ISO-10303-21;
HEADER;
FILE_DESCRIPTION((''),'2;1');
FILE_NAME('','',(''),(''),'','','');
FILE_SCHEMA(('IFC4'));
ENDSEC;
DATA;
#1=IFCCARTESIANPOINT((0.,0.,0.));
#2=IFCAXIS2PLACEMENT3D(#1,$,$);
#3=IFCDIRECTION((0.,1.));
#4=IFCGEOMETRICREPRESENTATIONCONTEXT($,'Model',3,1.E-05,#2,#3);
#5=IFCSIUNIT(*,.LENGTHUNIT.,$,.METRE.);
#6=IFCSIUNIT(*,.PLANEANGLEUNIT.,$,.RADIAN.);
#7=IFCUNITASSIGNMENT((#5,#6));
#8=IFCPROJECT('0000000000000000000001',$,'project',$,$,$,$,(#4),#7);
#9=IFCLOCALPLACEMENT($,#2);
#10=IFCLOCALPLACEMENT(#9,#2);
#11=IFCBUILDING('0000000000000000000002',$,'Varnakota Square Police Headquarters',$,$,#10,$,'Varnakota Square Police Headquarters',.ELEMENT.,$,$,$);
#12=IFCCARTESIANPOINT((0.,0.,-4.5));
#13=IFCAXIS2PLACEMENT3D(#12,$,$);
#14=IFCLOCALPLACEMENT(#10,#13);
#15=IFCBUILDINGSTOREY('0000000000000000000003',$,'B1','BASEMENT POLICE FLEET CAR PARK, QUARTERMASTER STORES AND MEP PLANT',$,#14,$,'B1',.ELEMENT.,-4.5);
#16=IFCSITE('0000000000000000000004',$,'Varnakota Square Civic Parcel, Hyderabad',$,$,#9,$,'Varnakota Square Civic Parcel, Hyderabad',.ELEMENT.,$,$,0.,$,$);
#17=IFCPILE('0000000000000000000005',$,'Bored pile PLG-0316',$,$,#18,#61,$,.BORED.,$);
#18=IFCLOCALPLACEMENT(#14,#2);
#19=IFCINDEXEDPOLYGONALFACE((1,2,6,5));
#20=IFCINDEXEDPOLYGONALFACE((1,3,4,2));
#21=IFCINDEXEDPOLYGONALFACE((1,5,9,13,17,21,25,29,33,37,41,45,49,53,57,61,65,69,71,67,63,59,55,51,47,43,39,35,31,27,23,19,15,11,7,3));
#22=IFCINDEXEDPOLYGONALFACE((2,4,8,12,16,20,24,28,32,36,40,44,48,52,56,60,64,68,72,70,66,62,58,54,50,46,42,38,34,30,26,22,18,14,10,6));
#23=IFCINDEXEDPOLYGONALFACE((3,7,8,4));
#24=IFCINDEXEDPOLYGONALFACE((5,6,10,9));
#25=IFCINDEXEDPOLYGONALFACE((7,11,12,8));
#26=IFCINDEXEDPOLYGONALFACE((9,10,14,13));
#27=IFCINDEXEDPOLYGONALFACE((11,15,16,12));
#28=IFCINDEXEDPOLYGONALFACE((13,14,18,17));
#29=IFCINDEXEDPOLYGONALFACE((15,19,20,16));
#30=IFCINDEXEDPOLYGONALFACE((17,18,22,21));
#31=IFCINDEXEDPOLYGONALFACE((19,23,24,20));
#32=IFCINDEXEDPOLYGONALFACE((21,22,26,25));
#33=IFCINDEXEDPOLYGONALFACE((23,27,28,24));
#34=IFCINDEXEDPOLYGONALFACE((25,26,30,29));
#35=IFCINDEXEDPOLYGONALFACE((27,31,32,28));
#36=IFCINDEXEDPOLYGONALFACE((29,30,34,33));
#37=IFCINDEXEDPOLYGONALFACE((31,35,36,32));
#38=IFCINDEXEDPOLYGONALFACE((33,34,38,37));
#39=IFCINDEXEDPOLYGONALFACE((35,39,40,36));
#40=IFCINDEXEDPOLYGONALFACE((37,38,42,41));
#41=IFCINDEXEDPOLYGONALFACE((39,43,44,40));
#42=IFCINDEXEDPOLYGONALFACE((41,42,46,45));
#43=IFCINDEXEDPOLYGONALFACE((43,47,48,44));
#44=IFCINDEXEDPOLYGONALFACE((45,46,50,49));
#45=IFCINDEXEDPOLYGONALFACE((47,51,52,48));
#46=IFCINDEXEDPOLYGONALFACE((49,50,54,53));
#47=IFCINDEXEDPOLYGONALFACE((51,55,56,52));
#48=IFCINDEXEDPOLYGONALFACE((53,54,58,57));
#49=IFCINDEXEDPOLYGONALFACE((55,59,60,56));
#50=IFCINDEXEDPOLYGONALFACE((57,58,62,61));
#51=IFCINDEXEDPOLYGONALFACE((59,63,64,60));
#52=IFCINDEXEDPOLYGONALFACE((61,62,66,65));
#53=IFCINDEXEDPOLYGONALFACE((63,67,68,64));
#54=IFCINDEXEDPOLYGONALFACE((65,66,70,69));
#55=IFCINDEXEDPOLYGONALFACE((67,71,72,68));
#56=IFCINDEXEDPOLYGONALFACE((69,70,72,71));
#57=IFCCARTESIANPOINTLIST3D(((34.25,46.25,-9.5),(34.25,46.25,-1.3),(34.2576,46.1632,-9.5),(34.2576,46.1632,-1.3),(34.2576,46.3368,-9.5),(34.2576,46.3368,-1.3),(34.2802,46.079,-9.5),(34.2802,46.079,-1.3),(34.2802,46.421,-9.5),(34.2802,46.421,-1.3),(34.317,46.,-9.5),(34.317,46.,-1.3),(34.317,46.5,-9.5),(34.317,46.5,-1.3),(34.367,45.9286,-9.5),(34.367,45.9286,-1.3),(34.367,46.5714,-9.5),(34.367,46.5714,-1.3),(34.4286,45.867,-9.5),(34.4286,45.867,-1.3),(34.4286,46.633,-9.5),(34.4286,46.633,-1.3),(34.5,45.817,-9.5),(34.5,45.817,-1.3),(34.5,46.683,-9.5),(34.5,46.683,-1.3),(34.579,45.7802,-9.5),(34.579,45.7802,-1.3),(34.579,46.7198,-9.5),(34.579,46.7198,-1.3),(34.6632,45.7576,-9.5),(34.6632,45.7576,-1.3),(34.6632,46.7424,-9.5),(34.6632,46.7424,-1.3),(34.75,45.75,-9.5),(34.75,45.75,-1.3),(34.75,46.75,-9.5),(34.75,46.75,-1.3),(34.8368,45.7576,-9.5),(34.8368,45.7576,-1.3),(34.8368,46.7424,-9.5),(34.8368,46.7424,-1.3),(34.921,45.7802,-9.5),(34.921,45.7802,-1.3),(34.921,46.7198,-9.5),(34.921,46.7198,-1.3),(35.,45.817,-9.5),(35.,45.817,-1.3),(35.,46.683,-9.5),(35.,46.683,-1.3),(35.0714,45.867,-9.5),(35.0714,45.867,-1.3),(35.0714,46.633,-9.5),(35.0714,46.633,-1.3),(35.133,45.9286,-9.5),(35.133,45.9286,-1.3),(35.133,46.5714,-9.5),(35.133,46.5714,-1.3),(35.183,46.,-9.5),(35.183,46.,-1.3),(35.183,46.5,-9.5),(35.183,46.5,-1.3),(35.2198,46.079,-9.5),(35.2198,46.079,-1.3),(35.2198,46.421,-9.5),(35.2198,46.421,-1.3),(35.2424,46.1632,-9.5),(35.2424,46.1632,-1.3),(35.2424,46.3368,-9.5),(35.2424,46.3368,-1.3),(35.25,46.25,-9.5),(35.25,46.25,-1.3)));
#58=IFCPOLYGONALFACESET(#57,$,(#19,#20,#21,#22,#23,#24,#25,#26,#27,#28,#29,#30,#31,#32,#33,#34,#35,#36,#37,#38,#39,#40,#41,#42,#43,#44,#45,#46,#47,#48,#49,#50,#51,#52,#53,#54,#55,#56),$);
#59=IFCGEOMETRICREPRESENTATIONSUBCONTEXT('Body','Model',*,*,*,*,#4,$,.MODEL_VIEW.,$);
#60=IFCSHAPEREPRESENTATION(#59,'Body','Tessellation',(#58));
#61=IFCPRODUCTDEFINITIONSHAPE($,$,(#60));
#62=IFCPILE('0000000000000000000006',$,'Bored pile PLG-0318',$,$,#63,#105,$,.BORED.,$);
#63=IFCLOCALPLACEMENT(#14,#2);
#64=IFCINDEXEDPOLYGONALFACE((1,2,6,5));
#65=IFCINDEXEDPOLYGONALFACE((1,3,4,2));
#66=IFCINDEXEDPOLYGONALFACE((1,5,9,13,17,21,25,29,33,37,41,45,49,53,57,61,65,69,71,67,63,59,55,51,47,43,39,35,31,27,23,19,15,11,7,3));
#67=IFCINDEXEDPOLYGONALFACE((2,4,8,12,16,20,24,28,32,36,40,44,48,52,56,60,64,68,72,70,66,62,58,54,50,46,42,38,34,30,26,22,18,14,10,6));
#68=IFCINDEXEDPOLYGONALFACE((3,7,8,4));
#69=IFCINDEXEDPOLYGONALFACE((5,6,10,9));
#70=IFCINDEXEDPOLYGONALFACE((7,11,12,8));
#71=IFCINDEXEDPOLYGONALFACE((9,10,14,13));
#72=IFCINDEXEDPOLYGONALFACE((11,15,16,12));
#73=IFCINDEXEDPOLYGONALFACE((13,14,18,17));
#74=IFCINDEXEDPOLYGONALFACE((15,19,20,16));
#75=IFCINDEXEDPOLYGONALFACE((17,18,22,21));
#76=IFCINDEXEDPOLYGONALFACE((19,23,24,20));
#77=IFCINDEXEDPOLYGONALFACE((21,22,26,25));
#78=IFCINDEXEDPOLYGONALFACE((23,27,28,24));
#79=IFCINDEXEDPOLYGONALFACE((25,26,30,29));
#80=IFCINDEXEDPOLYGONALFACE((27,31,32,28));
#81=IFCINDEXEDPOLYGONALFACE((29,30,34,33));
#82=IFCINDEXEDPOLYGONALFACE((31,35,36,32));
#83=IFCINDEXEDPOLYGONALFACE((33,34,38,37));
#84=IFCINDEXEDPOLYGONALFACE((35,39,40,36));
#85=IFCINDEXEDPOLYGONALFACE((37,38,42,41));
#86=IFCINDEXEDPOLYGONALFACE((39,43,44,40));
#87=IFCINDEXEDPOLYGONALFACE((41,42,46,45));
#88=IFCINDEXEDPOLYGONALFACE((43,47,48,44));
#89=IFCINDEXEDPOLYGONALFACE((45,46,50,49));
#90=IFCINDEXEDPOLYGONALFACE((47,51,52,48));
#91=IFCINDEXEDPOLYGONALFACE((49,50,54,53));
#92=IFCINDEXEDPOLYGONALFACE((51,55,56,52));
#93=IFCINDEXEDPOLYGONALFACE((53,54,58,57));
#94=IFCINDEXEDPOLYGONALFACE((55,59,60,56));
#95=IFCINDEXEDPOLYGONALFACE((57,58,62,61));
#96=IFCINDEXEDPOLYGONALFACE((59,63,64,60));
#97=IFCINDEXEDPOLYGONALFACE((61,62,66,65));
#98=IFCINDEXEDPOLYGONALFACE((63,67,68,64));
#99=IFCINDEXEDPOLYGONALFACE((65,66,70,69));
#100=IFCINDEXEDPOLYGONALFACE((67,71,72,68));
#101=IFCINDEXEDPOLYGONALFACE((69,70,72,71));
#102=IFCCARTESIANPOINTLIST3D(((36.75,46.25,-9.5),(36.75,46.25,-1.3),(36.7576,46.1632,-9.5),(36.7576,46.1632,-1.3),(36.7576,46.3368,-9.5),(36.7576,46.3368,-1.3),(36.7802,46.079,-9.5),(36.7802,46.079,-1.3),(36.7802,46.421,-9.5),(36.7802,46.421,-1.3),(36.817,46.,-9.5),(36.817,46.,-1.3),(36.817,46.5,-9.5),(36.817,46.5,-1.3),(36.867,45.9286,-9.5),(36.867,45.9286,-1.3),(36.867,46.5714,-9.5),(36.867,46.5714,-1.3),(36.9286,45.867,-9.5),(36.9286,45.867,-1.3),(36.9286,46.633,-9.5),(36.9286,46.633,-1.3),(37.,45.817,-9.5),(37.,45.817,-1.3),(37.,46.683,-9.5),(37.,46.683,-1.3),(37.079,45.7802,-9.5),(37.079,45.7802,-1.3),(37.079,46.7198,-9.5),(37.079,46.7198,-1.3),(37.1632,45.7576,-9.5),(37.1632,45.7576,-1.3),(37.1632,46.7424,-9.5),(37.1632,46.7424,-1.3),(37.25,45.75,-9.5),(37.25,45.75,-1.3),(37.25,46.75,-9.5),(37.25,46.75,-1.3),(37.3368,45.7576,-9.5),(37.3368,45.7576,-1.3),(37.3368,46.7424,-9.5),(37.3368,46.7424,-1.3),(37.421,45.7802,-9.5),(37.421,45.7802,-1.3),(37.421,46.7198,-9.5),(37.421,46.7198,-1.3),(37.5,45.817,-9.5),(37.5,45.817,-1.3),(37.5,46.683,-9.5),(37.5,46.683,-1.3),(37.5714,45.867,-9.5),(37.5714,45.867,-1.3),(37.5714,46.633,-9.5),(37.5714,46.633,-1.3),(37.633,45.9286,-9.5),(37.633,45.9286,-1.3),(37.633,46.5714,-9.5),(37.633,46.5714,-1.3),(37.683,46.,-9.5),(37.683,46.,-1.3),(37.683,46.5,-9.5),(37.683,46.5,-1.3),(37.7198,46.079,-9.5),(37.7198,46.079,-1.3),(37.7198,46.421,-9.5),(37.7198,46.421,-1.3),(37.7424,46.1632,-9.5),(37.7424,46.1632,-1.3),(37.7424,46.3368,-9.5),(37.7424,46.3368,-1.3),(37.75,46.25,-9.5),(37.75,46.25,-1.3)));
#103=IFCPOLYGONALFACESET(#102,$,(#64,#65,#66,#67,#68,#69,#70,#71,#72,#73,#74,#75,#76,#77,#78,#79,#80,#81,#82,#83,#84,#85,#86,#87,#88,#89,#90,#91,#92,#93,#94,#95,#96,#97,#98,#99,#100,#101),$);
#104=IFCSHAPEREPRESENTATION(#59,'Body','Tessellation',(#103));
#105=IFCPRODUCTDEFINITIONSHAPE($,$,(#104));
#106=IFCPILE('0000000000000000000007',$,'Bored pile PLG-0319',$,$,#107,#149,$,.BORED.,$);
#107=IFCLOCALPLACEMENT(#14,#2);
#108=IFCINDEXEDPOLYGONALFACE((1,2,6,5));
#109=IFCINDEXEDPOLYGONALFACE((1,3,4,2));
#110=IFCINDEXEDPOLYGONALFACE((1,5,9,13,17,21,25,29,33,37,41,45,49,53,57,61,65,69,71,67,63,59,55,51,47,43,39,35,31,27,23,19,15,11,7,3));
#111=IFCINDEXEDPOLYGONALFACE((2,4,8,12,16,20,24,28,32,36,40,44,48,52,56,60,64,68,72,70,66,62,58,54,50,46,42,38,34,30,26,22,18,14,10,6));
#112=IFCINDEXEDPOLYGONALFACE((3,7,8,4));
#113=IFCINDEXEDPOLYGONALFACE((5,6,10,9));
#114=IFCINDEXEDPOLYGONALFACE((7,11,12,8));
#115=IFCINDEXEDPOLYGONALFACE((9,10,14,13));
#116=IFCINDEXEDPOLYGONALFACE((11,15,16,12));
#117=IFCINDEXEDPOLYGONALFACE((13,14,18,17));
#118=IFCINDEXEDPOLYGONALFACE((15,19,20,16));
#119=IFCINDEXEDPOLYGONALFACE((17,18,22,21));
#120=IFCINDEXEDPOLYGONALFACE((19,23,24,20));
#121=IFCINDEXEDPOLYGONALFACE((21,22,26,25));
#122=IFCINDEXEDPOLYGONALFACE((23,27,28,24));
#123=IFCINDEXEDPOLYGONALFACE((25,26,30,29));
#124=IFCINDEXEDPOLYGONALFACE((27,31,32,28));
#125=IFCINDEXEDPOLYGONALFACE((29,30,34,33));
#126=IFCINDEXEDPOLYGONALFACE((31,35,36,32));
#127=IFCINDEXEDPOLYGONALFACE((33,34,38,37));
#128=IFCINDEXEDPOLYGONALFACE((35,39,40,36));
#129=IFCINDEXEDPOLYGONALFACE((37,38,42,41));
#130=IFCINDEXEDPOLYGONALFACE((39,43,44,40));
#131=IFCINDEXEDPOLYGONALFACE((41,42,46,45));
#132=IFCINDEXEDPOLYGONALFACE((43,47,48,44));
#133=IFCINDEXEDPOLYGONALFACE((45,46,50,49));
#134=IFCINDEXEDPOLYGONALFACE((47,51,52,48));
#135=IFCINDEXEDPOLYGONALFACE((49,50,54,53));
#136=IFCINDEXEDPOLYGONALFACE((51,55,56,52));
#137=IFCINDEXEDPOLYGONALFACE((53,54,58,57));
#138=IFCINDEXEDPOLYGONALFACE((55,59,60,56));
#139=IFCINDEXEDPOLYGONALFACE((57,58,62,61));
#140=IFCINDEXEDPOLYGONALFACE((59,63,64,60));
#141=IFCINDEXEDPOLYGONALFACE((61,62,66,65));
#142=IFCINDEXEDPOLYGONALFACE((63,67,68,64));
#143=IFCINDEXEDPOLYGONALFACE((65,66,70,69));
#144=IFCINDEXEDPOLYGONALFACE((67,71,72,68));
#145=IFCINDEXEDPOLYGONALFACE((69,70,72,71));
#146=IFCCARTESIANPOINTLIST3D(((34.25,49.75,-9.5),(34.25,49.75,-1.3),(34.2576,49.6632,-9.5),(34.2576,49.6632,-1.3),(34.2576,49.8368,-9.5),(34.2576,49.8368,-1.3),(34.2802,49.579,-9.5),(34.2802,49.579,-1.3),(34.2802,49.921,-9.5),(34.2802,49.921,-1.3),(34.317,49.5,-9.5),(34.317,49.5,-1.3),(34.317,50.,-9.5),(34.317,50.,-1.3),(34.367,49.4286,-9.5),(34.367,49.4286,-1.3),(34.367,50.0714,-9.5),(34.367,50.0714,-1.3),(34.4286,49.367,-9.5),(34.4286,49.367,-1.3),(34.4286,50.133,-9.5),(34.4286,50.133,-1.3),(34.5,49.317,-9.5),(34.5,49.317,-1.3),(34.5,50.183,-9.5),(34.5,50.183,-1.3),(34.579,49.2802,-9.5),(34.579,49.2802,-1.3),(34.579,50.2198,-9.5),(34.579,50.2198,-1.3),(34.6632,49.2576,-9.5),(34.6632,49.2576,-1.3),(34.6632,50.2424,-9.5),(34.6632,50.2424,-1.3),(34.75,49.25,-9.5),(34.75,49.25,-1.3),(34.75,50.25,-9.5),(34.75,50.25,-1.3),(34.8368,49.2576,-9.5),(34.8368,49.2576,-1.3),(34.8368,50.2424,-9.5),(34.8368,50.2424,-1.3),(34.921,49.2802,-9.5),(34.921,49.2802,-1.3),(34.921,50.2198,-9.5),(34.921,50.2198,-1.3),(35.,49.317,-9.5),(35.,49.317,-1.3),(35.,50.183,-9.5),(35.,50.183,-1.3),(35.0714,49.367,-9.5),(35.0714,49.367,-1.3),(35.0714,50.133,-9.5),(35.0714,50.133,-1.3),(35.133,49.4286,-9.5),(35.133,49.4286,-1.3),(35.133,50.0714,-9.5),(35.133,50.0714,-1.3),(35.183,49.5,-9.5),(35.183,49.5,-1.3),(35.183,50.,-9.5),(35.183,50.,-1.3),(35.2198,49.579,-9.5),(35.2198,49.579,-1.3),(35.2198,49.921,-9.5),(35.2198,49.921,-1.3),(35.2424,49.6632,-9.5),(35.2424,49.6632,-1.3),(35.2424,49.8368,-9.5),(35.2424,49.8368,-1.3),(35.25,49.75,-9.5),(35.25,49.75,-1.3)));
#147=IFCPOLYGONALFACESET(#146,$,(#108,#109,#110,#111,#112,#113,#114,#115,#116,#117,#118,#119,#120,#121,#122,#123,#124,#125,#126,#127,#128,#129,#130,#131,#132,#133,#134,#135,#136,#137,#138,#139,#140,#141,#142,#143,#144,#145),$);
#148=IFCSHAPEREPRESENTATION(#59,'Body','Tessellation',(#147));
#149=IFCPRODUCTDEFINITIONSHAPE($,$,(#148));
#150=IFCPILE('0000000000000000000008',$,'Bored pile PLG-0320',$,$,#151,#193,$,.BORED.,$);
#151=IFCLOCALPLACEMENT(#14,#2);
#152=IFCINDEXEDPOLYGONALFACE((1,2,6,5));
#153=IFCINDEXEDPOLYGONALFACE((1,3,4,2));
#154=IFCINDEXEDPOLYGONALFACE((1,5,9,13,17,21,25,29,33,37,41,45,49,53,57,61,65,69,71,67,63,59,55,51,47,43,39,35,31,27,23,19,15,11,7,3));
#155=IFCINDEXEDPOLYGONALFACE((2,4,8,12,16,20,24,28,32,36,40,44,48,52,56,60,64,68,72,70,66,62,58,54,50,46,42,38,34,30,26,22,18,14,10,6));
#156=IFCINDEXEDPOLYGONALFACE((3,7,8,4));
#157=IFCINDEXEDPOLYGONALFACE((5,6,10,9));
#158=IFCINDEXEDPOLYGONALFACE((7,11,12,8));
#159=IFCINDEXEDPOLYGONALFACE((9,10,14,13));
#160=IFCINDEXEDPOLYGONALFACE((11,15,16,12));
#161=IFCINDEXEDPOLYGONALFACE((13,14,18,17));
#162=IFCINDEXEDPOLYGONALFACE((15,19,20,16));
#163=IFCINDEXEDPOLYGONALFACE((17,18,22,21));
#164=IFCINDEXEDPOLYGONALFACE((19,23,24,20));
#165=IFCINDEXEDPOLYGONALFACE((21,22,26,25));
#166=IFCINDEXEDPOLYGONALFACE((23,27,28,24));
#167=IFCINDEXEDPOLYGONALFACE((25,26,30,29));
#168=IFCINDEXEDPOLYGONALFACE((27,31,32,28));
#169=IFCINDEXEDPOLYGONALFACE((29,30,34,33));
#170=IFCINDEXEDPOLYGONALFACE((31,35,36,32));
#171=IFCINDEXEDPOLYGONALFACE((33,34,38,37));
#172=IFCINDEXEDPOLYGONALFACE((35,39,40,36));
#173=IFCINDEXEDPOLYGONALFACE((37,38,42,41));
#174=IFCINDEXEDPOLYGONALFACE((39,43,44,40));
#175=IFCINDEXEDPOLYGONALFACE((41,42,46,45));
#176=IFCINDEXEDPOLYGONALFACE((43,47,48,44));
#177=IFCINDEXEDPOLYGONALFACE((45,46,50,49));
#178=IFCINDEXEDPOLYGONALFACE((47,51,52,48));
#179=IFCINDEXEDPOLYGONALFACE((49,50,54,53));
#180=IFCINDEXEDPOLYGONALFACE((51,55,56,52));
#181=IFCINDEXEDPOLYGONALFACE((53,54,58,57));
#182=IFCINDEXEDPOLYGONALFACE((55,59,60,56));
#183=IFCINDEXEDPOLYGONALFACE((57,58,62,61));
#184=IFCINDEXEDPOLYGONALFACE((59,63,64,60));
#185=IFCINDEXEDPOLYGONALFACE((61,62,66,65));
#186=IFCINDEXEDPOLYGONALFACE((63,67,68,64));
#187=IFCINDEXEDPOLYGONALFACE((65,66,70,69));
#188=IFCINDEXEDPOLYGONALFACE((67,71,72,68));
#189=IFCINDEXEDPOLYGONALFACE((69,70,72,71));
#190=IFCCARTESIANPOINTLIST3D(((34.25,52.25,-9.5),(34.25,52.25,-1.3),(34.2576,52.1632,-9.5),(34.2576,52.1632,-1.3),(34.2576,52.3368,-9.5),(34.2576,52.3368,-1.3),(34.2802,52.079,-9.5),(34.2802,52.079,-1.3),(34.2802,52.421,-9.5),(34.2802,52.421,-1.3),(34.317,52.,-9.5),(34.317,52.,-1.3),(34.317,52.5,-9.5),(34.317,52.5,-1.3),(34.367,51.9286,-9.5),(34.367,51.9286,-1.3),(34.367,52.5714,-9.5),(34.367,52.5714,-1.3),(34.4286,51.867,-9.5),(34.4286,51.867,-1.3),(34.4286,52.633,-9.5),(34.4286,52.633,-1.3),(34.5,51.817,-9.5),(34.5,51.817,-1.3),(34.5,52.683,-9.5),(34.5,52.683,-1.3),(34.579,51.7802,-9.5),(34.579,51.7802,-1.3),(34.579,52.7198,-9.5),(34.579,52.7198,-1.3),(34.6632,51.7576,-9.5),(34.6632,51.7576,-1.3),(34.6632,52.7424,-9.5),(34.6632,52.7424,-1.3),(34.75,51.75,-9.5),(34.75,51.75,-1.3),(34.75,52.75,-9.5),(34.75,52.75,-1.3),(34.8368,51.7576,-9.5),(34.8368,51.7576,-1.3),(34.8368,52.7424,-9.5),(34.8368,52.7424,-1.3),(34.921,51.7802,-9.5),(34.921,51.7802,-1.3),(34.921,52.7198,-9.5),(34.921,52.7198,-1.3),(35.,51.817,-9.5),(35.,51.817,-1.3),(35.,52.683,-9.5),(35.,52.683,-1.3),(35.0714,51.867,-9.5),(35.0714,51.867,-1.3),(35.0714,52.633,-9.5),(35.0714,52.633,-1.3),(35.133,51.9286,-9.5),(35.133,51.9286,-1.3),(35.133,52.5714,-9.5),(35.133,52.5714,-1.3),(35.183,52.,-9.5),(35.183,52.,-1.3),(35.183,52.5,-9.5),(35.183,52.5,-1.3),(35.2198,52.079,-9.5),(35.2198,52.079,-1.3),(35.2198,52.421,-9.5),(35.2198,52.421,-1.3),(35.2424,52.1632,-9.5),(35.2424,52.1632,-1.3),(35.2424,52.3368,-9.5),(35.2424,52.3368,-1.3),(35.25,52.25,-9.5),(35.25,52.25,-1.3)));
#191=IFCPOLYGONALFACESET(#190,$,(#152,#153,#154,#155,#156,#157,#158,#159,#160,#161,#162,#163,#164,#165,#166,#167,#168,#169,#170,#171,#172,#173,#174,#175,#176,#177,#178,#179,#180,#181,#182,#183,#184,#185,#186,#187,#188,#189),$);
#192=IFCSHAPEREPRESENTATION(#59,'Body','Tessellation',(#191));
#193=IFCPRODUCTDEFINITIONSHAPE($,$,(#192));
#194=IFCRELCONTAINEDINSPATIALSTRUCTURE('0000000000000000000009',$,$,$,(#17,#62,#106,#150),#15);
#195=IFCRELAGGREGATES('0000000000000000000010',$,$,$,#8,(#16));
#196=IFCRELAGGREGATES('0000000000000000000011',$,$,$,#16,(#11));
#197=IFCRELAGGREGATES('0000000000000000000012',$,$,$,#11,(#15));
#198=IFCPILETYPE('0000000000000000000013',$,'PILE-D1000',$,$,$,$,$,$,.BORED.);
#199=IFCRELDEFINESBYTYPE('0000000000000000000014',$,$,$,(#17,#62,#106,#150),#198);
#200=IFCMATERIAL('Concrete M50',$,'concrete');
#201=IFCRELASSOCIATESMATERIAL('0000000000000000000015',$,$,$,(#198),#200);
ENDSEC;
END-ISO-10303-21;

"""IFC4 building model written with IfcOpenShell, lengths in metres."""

from ifc_helpers import new_model, si_unit, direction, frame, origin, origin_2d, place, context, subcontext, project, spatial, circle, extrude, material, material_profile, profile_set, type_object, element, save


model = new_model("IFC4")

# Units and contexts
model_context = context("Model", 3, precision=1e-05, world=origin(), true_north=direction((0.0, 1.0)))
body_context = subcontext(model_context, "Body", "Model", "MODEL_VIEW")
ifc_project = project(units=[si_unit("LENGTHUNIT", "METRE"), si_unit("PLANEANGLEUNIT", "RADIAN")], contexts=[model_context])

# Site, building, storey
site_placement = place(None, origin())
site = spatial("IfcSite", under=ifc_project, at=site_placement, Name="Varnakota Square Civic Parcel, Hyderabad", LongName="Varnakota Square Civic Parcel, Hyderabad", CompositionType="ELEMENT", RefElevation=0.0)
building_placement = place(site_placement, origin())
building = spatial("IfcBuilding", under=site, at=building_placement, Name="Varnakota Square Police Headquarters", LongName="Varnakota Square Police Headquarters", CompositionType="ELEMENT")
storey_placement = place(building_placement, frame((0.0, 0.0, -4.5)))
storey = spatial("IfcBuildingStorey", under=building, at=storey_placement, Name="B1", Description="BASEMENT POLICE FLEET CAR PARK, QUARTERMASTER STORES AND MEP PLANT", LongName="B1", CompositionType="ELEMENT", Elevation=-4.5)

# Shared definitions
ifc_material_1 = material(Name="Concrete M50", Category="concrete")

# Piles
ifc_material_profile_1 = material_profile(ifc_material_1, circle(Radius=0.5, at=origin_2d()), Name="BORED PILE 1000")
ifc_profile_set_1 = profile_set([ifc_material_profile_1], Name="Concrete M50")
pile_type = type_object("IfcPileType", Name="PILE-D1000", PredefinedType="BORED", material=ifc_profile_set_1)
for number, where, z_axis, x_axis, name in (
    (1, (34.75, 46.25, -1.3), (0.0, 0.0, -1.0), (1.0, 0.0, 0.0), "Bored pile PLG-0316"),
    (2, (37.25, 46.25, -1.3), (0.0, 0.0, -1.0), (1.0, 0.0, 0.0), "Bored pile PLG-0318"),
    (3, (34.75, 49.75, -1.3), (0.0, 0.0, -1.0), (1.0, 0.0, 0.0), "Bored pile PLG-0319"),
    (4, (34.75, 52.25, -1.3), (0.0, 0.0, -1.0), (1.0, 0.0, 0.0), "Bored pile PLG-0320"),
):
    element("IfcPile", number, at=place(storey_placement, frame(where, z_axis=z_axis, x_axis=x_axis)), inside=storey, type_object=pile_type, Name=name, PredefinedType="BORED", context=body_context, shape_type="SweptSolid", body=[
        extrude(circle(Radius=0.5, at=origin_2d()), origin(), (0.0, 0.0, 1.0), 8.2),
    ])

save(model, "model.ifc")
